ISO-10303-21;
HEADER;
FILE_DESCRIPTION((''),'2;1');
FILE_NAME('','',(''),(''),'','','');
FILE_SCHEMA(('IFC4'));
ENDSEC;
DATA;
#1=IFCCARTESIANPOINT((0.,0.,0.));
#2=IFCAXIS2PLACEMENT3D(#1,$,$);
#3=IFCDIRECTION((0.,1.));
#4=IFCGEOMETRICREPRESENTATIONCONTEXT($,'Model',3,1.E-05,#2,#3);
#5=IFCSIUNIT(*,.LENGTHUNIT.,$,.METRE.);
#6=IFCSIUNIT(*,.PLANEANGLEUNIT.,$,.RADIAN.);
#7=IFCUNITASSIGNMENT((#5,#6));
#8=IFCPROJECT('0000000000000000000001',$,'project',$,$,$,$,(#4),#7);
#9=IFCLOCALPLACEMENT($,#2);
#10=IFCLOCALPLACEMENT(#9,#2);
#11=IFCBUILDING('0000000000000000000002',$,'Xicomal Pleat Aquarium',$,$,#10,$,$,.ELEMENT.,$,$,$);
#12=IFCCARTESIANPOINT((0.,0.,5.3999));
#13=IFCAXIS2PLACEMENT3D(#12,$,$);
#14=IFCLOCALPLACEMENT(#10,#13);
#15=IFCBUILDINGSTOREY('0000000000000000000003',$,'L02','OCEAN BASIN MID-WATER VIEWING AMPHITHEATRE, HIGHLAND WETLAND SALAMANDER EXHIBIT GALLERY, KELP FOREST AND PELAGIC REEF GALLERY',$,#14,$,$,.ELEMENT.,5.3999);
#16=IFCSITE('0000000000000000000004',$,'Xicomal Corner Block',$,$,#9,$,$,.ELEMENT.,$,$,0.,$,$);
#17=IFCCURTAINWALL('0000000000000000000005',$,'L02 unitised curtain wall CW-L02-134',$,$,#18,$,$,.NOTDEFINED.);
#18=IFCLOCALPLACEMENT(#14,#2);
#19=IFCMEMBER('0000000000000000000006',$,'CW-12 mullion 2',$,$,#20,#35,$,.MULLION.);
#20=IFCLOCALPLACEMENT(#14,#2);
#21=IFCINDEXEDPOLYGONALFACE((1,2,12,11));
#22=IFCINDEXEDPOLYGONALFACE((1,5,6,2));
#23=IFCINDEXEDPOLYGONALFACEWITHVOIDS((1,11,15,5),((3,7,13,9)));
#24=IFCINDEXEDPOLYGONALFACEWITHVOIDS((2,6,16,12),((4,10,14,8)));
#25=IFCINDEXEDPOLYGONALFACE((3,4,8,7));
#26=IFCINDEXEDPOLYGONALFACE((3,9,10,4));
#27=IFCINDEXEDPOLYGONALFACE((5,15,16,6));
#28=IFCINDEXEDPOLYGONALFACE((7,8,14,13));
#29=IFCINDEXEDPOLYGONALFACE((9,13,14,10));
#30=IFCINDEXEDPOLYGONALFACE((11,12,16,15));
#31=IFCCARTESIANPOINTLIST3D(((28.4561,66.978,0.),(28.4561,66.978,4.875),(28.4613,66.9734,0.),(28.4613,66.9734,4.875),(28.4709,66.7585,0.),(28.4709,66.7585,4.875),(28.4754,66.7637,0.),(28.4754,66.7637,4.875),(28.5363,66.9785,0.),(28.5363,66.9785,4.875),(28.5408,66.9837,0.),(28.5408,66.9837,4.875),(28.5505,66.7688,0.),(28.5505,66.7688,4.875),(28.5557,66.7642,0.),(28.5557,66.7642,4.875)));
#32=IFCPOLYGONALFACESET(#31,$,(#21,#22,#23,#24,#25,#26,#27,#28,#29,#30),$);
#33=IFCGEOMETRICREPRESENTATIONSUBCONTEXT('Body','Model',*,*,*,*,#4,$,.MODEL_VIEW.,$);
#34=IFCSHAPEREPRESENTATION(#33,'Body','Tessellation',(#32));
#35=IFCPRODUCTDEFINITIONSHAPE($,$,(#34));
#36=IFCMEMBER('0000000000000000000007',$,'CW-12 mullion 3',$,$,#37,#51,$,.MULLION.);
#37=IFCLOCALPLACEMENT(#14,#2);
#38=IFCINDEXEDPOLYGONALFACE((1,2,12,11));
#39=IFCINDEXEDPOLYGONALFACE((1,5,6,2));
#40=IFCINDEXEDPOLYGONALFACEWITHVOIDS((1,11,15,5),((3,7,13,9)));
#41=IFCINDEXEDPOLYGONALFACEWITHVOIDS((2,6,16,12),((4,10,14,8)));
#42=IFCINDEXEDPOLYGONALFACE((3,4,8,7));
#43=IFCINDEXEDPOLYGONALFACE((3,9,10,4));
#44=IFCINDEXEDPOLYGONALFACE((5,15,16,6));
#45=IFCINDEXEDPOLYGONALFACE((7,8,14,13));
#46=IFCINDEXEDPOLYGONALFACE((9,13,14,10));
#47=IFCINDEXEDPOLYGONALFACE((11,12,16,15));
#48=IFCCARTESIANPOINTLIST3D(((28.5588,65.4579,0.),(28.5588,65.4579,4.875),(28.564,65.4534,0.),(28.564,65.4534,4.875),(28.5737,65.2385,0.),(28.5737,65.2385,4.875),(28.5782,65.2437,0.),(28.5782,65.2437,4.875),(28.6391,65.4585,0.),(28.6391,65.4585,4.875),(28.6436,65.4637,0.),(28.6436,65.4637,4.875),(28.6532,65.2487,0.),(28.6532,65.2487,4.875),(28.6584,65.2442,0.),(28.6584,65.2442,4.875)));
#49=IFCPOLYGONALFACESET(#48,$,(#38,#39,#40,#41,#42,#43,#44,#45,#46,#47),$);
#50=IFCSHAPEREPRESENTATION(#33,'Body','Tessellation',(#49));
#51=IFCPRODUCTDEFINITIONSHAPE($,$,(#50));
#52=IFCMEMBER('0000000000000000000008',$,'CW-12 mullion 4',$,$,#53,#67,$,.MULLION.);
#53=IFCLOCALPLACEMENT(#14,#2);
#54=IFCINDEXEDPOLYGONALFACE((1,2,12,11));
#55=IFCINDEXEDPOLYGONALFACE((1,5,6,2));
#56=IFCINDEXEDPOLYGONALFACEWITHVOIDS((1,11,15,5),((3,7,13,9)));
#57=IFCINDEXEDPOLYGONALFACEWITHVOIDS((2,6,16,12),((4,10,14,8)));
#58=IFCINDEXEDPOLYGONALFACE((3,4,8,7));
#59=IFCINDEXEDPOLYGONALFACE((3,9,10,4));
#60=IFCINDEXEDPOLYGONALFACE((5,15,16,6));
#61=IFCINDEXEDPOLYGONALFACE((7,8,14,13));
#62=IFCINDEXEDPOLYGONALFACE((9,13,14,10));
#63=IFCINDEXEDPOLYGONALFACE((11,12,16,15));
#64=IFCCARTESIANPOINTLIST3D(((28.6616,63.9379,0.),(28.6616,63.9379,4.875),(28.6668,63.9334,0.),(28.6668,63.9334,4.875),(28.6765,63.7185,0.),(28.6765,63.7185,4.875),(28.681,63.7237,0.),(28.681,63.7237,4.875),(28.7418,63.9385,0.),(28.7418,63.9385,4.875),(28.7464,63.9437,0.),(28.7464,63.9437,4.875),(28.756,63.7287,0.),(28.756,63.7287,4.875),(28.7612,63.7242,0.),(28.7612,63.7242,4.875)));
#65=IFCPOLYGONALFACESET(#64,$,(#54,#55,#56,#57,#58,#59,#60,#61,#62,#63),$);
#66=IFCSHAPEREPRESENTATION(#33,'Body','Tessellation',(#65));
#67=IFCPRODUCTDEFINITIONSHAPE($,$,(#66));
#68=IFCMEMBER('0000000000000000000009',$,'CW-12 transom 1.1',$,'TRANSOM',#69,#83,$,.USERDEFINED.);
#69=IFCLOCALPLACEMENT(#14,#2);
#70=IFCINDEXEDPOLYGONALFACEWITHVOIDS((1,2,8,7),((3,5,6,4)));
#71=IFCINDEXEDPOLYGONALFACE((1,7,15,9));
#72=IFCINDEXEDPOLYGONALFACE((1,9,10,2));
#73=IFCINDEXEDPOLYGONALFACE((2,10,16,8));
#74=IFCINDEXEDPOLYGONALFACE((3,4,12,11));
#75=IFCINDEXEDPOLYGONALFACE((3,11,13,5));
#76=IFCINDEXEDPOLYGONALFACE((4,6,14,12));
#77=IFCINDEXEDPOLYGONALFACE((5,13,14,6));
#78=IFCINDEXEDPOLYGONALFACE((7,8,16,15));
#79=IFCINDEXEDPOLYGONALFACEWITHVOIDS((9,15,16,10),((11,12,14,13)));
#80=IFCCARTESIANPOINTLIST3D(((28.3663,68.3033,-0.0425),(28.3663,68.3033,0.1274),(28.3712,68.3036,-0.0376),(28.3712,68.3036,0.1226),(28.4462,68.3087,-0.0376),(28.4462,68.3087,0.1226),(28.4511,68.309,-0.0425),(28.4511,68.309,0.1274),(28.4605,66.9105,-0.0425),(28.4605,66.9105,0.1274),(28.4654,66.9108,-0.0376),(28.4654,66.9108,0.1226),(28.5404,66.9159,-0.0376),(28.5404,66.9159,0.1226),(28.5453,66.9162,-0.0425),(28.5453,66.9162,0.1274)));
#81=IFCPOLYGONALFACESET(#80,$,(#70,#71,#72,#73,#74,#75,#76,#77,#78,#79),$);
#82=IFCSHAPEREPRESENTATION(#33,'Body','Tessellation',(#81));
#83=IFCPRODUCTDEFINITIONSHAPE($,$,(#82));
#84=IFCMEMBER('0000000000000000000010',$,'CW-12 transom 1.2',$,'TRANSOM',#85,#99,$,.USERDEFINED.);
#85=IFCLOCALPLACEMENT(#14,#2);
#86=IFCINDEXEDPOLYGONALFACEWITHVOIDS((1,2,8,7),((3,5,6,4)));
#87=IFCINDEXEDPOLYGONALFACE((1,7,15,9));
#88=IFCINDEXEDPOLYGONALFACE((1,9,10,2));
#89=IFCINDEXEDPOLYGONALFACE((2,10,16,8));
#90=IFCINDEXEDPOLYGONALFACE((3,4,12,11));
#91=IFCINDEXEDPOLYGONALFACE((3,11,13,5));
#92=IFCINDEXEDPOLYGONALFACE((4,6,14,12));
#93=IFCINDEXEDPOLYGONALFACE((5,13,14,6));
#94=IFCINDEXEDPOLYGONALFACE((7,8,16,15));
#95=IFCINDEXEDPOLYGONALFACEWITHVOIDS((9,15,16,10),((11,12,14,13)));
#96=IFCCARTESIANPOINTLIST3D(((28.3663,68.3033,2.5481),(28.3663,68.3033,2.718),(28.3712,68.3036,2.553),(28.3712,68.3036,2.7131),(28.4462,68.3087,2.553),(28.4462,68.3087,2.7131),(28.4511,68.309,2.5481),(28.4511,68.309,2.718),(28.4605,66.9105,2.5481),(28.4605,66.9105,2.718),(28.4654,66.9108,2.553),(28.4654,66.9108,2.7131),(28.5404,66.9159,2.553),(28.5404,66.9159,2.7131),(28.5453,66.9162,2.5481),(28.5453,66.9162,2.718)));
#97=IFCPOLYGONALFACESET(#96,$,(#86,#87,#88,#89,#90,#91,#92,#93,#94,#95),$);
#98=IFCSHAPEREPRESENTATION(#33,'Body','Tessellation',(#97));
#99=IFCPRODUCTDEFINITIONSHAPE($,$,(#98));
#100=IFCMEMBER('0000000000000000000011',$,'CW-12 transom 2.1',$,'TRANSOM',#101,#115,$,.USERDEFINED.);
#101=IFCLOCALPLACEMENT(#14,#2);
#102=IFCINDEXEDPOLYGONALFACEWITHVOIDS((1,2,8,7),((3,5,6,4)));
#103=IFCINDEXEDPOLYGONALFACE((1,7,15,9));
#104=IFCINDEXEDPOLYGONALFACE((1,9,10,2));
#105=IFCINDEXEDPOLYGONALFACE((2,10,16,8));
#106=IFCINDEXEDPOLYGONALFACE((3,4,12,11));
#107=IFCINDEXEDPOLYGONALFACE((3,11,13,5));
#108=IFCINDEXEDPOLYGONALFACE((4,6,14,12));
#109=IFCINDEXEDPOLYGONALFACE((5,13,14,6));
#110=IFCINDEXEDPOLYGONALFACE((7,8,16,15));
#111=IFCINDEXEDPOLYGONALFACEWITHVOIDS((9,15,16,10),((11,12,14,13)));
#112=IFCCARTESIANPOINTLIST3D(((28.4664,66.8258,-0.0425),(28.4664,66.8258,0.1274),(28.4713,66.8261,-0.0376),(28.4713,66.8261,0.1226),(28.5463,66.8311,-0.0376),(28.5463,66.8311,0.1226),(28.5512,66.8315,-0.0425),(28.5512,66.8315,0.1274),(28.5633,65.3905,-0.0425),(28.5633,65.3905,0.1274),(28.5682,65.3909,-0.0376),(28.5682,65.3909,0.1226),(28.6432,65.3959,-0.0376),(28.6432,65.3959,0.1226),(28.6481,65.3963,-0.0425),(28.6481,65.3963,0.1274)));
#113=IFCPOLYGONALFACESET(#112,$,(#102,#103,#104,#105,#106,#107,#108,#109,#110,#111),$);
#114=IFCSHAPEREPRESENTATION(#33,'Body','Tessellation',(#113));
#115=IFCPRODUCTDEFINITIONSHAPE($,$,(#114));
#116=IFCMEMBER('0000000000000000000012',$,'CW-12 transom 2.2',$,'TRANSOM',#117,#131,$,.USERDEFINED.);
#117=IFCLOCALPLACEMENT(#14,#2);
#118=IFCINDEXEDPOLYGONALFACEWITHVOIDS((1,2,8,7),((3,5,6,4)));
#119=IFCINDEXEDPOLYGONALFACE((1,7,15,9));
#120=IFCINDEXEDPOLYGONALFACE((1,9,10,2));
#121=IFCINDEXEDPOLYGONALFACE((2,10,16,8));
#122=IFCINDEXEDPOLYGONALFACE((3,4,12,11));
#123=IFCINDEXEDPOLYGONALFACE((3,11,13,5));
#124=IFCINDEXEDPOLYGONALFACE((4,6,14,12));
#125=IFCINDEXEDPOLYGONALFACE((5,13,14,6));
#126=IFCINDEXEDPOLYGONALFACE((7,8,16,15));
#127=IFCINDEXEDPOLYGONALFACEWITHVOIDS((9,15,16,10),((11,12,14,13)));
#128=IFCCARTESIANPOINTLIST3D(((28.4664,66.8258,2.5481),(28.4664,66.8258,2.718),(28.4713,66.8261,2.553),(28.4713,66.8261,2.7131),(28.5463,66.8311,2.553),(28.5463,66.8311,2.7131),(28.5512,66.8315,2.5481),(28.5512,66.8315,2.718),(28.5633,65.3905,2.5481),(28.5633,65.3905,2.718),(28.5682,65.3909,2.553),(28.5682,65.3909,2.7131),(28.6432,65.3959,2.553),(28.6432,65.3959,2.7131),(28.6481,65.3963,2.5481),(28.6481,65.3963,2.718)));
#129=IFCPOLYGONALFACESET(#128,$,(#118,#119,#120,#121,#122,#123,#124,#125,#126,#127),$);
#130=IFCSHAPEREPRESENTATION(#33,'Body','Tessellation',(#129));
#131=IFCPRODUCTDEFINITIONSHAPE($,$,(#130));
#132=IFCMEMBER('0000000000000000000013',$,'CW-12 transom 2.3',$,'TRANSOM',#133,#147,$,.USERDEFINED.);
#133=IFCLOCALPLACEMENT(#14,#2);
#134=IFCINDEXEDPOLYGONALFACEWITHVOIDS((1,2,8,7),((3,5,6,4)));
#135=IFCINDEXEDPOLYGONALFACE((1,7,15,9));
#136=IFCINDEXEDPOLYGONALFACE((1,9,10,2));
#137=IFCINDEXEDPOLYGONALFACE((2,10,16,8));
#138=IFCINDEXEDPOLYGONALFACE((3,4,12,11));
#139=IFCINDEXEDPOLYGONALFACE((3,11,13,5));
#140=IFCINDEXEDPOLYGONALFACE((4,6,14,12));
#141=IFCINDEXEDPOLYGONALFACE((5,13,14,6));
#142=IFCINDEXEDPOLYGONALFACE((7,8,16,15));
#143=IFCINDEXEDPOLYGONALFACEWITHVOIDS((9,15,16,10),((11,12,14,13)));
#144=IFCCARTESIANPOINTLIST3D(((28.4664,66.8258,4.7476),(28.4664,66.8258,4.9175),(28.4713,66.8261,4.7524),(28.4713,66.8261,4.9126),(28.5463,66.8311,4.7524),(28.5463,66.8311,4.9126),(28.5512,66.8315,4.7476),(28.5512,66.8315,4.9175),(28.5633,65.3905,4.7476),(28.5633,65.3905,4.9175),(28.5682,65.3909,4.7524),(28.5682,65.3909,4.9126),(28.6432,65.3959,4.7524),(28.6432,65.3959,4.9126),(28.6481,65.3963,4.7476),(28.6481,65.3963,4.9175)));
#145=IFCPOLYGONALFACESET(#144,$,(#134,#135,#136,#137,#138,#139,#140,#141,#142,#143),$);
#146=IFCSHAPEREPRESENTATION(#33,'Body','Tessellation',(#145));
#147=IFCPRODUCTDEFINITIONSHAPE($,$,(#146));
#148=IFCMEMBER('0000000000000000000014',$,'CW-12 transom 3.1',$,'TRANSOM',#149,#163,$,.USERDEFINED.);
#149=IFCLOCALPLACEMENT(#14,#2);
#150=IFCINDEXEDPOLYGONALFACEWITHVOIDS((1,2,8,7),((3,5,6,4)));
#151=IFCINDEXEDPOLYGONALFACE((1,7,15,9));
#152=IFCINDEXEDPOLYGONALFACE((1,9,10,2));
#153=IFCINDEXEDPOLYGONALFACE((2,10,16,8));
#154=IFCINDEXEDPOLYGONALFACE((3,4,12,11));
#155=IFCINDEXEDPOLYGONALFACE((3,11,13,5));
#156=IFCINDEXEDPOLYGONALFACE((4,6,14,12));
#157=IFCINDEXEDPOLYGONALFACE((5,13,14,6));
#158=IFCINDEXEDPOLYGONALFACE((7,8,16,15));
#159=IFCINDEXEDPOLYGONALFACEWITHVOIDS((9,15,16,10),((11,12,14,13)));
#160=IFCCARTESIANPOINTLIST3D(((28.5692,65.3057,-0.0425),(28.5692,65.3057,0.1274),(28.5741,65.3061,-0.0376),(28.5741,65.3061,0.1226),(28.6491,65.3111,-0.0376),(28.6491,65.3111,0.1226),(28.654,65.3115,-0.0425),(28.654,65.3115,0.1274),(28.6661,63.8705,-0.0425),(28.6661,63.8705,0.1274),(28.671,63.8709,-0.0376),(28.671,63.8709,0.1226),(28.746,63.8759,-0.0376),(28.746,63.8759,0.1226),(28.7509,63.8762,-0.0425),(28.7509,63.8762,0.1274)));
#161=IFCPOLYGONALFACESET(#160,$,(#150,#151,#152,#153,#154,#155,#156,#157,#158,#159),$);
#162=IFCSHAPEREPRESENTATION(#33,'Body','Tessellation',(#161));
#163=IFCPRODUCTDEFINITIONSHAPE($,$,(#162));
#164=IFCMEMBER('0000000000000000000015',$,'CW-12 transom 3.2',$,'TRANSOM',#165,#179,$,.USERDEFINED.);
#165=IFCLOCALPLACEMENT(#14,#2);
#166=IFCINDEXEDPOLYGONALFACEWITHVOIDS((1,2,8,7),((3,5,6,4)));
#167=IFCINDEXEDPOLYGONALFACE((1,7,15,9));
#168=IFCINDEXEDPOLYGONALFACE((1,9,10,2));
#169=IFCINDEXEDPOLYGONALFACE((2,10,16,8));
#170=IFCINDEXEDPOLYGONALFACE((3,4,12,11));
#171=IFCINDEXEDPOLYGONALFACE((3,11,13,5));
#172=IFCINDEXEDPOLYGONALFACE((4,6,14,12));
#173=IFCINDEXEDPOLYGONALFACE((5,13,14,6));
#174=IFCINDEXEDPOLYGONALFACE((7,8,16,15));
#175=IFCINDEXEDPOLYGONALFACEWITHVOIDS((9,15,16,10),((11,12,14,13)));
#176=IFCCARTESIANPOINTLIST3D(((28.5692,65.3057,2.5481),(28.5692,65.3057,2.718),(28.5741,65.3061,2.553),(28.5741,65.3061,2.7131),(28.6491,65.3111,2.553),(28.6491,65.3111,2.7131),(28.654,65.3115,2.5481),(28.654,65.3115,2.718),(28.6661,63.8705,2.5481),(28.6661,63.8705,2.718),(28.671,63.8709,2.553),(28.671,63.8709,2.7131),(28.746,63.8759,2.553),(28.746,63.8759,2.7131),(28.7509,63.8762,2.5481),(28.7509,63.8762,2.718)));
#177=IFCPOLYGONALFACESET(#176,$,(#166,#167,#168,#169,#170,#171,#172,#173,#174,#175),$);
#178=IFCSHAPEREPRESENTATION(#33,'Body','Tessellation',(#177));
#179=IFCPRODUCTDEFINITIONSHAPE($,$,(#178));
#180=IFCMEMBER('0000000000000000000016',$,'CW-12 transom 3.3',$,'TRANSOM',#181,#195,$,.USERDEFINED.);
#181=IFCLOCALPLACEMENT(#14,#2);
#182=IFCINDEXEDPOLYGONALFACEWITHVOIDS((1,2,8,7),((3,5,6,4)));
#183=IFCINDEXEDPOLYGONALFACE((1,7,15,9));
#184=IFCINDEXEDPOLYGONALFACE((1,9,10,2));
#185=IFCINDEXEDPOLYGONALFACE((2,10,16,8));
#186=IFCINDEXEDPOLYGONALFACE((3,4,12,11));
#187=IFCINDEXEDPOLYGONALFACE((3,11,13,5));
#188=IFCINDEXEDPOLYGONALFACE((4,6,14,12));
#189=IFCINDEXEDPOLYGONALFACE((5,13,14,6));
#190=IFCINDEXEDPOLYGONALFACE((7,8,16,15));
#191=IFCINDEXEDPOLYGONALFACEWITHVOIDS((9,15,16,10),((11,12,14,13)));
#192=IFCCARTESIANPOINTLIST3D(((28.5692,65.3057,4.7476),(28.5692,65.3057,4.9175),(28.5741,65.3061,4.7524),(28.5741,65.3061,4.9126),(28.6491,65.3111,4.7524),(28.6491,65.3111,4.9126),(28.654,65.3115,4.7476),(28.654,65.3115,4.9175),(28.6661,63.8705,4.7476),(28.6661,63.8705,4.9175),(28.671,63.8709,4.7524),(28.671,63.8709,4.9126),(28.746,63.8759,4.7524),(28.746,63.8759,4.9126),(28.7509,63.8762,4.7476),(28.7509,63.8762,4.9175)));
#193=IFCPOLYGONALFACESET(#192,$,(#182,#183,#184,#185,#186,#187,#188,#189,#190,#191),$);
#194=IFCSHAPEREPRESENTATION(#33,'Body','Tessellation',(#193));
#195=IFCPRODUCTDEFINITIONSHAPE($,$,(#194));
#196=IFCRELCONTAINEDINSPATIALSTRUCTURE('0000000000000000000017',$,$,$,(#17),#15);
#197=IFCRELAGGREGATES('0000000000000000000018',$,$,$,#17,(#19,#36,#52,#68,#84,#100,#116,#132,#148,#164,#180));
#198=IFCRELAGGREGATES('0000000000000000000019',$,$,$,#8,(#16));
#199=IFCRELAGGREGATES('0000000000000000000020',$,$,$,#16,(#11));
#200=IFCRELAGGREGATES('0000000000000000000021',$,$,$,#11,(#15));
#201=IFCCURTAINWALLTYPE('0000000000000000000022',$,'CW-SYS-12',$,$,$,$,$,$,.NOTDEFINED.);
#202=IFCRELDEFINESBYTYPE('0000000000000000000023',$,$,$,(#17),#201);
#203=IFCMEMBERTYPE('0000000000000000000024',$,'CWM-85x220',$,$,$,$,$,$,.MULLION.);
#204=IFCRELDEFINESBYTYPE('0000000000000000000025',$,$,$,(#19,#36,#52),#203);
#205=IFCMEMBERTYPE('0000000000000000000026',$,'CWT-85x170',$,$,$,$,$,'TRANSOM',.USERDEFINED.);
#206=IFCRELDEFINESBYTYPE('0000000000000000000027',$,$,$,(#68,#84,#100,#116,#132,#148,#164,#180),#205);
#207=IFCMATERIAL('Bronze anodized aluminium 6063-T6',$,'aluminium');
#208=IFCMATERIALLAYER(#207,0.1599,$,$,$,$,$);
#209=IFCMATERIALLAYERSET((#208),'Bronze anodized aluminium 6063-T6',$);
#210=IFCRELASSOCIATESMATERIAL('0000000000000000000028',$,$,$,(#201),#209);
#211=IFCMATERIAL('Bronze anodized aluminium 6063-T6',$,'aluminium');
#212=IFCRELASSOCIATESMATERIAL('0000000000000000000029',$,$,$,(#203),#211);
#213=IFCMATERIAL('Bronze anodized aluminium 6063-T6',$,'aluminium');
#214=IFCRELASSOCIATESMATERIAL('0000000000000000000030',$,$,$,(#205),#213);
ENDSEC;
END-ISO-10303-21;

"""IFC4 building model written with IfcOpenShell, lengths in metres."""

from ifc_helpers import new_model, si_unit, direction, frame, origin, origin_2d, place, context, subcontext, project, spatial, hollow_rectangle, extrude, material, layer, layer_set, material_profile, profile_set, type_object, element, aggregate, save


model = new_model("IFC4")

# Units and contexts
model_context = context("Model", 3, precision=1e-05, world=origin(), true_north=direction((0.0, 1.0)))
body_context = subcontext(model_context, "Body", "Model", "MODEL_VIEW")
ifc_project = project(units=[si_unit("LENGTHUNIT", "METRE"), si_unit("PLANEANGLEUNIT", "RADIAN")], contexts=[model_context])

# Site, building, storey
site_placement = place(None, origin())
site = spatial("IfcSite", under=ifc_project, at=site_placement, Name="Xicomal Corner Block", CompositionType="ELEMENT", RefElevation=0.0)
building_placement = place(site_placement, origin())
building = spatial("IfcBuilding", under=site, at=building_placement, Name="Xicomal Pleat Aquarium", CompositionType="ELEMENT")
storey_placement = place(building_placement, frame((0.0, 0.0, 5.3999)))
storey = spatial("IfcBuildingStorey", under=building, at=storey_placement, Name="L02", Description="OCEAN BASIN MID-WATER VIEWING AMPHITHEATRE, HIGHLAND WETLAND SALAMANDER EXHIBIT GALLERY, KELP FOREST AND PELAGIC REEF GALLERY", CompositionType="ELEMENT", Elevation=5.3999)

# Curtain wall, members
ifc_material_1 = material(Name="Bronze anodized aluminium 6063-T6", Category="aluminium")
ifc_layer_1 = layer(ifc_material_1, 0.1599)
ifc_layer_set_1 = layer_set([ifc_layer_1], Name="Bronze anodized aluminium 6063-T6")
curtain_wall_type = type_object("IfcCurtainWallType", Name="CW-SYS-12", PredefinedType="NOTDEFINED", material=ifc_layer_set_1)
curtain_wall_placement = place(storey_placement, origin())
curtain_wall = element("IfcCurtainWall", 1, at=curtain_wall_placement, inside=storey, type_object=curtain_wall_type, Name="L02 unitised curtain wall CW-L02-134", PredefinedType="NOTDEFINED")
ifc_material_2 = material(Name="Bronze anodized aluminium 6063-T6", Category="aluminium")
ifc_material_profile_1 = material_profile(ifc_material_2, hollow_rectangle(XDim=0.085, YDim=0.22, WallThickness=0.0049, at=origin_2d()), Name="ALU MULL 85x220")
ifc_profile_set_1 = profile_set([ifc_material_profile_1], Name="Bronze anodized aluminium 6063-T6")
member_type_1 = type_object("IfcMemberType", Name="CWM-85x220", PredefinedType="MULLION", material=ifc_profile_set_1)
member_1_placement = place(storey_placement, frame((28.5059, 66.8711, 0.0), z_axis=(0.0, 0.0, 1.0), x_axis=(0.997721, 0.067477, 0.0)))
member_1 = element("IfcMember", 2, at=member_1_placement, type_object=member_type_1, Name="CW-12 mullion 2", PredefinedType="MULLION", context=body_context, shape_type="SweptSolid", body=[
    extrude(hollow_rectangle(XDim=0.085, YDim=0.22, WallThickness=0.0049, at=origin_2d()), origin(), (0.0, 0.0, 1.0), 4.875),
])
member_2_placement = place(storey_placement, frame((28.6086, 65.3511, 0.0), z_axis=(0.0, 0.0, 1.0), x_axis=(0.997721, 0.067477, 0.0)))
member_2 = element("IfcMember", 3, at=member_2_placement, type_object=member_type_1, Name="CW-12 mullion 3", PredefinedType="MULLION", context=body_context, shape_type="SweptSolid", body=[
    extrude(hollow_rectangle(XDim=0.085, YDim=0.22, WallThickness=0.0049, at=origin_2d()), origin(), (0.0, 0.0, 1.0), 4.875),
])
member_3_placement = place(storey_placement, frame((28.7114, 63.8311, 0.0), z_axis=(0.0, 0.0, 1.0), x_axis=(0.997721, 0.067477, 0.0)))
member_3 = element("IfcMember", 4, at=member_3_placement, type_object=member_type_1, Name="CW-12 mullion 4", PredefinedType="MULLION", context=body_context, shape_type="SweptSolid", body=[
    extrude(hollow_rectangle(XDim=0.085, YDim=0.22, WallThickness=0.0049, at=origin_2d()), origin(), (0.0, 0.0, 1.0), 4.875),
])
ifc_material_3 = material(Name="Bronze anodized aluminium 6063-T6", Category="aluminium")
ifc_material_profile_2 = material_profile(ifc_material_3, hollow_rectangle(XDim=0.085, YDim=0.1699, WallThickness=0.0049, at=origin_2d()), Name="ALU TRAN 85x170")
ifc_profile_set_2 = profile_set([ifc_material_profile_2], Name="Bronze anodized aluminium 6063-T6")
member_type_2 = type_object("IfcMemberType", Name="CWT-85x170", ElementType="TRANSOM", PredefinedType="USERDEFINED", material=ifc_profile_set_2)
member_4_placement = place(storey_placement, frame((28.4087, 68.3062, 0.0425), z_axis=(0.067506, -0.997719, 0.0), x_axis=(0.997719, 0.067506, 0.0)))
member_4 = element("IfcMember", 5, at=member_4_placement, type_object=member_type_2, Name="CW-12 transom 1.1", ObjectType="TRANSOM", PredefinedType="USERDEFINED", context=body_context, shape_type="SweptSolid", body=[
    extrude(hollow_rectangle(XDim=0.085, YDim=0.1699, WallThickness=0.0049, at=origin_2d()), origin(), (0.0, 0.0, 1.0), 1.396),
])
member_5_placement = place(storey_placement, frame((28.4087, 68.3062, 2.6331), z_axis=(0.067506, -0.997719, 0.0), x_axis=(0.997719, 0.067506, 0.0)))
member_5 = element("IfcMember", 6, at=member_5_placement, type_object=member_type_2, Name="CW-12 transom 1.2", ObjectType="TRANSOM", PredefinedType="USERDEFINED", context=body_context, shape_type="SweptSolid", body=[
    extrude(hollow_rectangle(XDim=0.085, YDim=0.1699, WallThickness=0.0049, at=origin_2d()), origin(), (0.0, 0.0, 1.0), 1.396),
])
member_6_placement = place(storey_placement, frame((28.5088, 66.8286, 0.0425), z_axis=(0.067375, -0.997728, 0.0), x_axis=(0.997728, 0.067375, 0.0)))
member_6 = element("IfcMember", 7, at=member_6_placement, type_object=member_type_2, Name="CW-12 transom 2.1", ObjectType="TRANSOM", PredefinedType="USERDEFINED", context=body_context, shape_type="SweptSolid", body=[
    extrude(hollow_rectangle(XDim=0.085, YDim=0.1699, WallThickness=0.0049, at=origin_2d()), origin(), (0.0, 0.0, 1.0), 1.4385),
])
member_7_placement = place(storey_placement, frame((28.5088, 66.8286, 2.6331), z_axis=(0.067375, -0.997728, 0.0), x_axis=(0.997728, 0.067375, 0.0)))
member_7 = element("IfcMember", 8, at=member_7_placement, type_object=member_type_2, Name="CW-12 transom 2.2", ObjectType="TRANSOM", PredefinedType="USERDEFINED", context=body_context, shape_type="SweptSolid", body=[
    extrude(hollow_rectangle(XDim=0.085, YDim=0.1699, WallThickness=0.0049, at=origin_2d()), origin(), (0.0, 0.0, 1.0), 1.4385),
])
member_8_placement = place(storey_placement, frame((28.5088, 66.8286, 4.8325), z_axis=(0.067375, -0.997728, 0.0), x_axis=(0.997728, 0.067375, 0.0)))
member_8 = element("IfcMember", 9, at=member_8_placement, type_object=member_type_2, Name="CW-12 transom 2.3", ObjectType="TRANSOM", PredefinedType="USERDEFINED", context=body_context, shape_type="SweptSolid", body=[
    extrude(hollow_rectangle(XDim=0.085, YDim=0.1699, WallThickness=0.0049, at=origin_2d()), origin(), (0.0, 0.0, 1.0), 1.4385),
])
member_9_placement = place(storey_placement, frame((28.6116, 65.3086, 0.0425), z_axis=(0.067375, -0.997728, 0.0), x_axis=(0.997728, 0.067375, 0.0)))
member_9 = element("IfcMember", 10, at=member_9_placement, type_object=member_type_2, Name="CW-12 transom 3.1", ObjectType="TRANSOM", PredefinedType="USERDEFINED", context=body_context, shape_type="SweptSolid", body=[
    extrude(hollow_rectangle(XDim=0.085, YDim=0.1699, WallThickness=0.0049, at=origin_2d()), origin(), (0.0, 0.0, 1.0), 1.4385),
])
member_10_placement = place(storey_placement, frame((28.6116, 65.3086, 2.6331), z_axis=(0.067375, -0.997728, 0.0), x_axis=(0.997728, 0.067375, 0.0)))
member_10 = element("IfcMember", 11, at=member_10_placement, type_object=member_type_2, Name="CW-12 transom 3.2", ObjectType="TRANSOM", PredefinedType="USERDEFINED", context=body_context, shape_type="SweptSolid", body=[
    extrude(hollow_rectangle(XDim=0.085, YDim=0.1699, WallThickness=0.0049, at=origin_2d()), origin(), (0.0, 0.0, 1.0), 1.4385),
])
member_11_placement = place(storey_placement, frame((28.6116, 65.3086, 4.8325), z_axis=(0.067375, -0.997728, 0.0), x_axis=(0.997728, 0.067375, 0.0)))
member_11 = element("IfcMember", 12, at=member_11_placement, type_object=member_type_2, Name="CW-12 transom 3.3", ObjectType="TRANSOM", PredefinedType="USERDEFINED", context=body_context, shape_type="SweptSolid", body=[
    extrude(hollow_rectangle(XDim=0.085, YDim=0.1699, WallThickness=0.0049, at=origin_2d()), origin(), (0.0, 0.0, 1.0), 1.4385),
])
aggregate(curtain_wall, [member_1, member_2, member_3, member_4, member_5, member_6, member_7, member_8, member_9, member_10, member_11])

save(model, "model.ifc")
